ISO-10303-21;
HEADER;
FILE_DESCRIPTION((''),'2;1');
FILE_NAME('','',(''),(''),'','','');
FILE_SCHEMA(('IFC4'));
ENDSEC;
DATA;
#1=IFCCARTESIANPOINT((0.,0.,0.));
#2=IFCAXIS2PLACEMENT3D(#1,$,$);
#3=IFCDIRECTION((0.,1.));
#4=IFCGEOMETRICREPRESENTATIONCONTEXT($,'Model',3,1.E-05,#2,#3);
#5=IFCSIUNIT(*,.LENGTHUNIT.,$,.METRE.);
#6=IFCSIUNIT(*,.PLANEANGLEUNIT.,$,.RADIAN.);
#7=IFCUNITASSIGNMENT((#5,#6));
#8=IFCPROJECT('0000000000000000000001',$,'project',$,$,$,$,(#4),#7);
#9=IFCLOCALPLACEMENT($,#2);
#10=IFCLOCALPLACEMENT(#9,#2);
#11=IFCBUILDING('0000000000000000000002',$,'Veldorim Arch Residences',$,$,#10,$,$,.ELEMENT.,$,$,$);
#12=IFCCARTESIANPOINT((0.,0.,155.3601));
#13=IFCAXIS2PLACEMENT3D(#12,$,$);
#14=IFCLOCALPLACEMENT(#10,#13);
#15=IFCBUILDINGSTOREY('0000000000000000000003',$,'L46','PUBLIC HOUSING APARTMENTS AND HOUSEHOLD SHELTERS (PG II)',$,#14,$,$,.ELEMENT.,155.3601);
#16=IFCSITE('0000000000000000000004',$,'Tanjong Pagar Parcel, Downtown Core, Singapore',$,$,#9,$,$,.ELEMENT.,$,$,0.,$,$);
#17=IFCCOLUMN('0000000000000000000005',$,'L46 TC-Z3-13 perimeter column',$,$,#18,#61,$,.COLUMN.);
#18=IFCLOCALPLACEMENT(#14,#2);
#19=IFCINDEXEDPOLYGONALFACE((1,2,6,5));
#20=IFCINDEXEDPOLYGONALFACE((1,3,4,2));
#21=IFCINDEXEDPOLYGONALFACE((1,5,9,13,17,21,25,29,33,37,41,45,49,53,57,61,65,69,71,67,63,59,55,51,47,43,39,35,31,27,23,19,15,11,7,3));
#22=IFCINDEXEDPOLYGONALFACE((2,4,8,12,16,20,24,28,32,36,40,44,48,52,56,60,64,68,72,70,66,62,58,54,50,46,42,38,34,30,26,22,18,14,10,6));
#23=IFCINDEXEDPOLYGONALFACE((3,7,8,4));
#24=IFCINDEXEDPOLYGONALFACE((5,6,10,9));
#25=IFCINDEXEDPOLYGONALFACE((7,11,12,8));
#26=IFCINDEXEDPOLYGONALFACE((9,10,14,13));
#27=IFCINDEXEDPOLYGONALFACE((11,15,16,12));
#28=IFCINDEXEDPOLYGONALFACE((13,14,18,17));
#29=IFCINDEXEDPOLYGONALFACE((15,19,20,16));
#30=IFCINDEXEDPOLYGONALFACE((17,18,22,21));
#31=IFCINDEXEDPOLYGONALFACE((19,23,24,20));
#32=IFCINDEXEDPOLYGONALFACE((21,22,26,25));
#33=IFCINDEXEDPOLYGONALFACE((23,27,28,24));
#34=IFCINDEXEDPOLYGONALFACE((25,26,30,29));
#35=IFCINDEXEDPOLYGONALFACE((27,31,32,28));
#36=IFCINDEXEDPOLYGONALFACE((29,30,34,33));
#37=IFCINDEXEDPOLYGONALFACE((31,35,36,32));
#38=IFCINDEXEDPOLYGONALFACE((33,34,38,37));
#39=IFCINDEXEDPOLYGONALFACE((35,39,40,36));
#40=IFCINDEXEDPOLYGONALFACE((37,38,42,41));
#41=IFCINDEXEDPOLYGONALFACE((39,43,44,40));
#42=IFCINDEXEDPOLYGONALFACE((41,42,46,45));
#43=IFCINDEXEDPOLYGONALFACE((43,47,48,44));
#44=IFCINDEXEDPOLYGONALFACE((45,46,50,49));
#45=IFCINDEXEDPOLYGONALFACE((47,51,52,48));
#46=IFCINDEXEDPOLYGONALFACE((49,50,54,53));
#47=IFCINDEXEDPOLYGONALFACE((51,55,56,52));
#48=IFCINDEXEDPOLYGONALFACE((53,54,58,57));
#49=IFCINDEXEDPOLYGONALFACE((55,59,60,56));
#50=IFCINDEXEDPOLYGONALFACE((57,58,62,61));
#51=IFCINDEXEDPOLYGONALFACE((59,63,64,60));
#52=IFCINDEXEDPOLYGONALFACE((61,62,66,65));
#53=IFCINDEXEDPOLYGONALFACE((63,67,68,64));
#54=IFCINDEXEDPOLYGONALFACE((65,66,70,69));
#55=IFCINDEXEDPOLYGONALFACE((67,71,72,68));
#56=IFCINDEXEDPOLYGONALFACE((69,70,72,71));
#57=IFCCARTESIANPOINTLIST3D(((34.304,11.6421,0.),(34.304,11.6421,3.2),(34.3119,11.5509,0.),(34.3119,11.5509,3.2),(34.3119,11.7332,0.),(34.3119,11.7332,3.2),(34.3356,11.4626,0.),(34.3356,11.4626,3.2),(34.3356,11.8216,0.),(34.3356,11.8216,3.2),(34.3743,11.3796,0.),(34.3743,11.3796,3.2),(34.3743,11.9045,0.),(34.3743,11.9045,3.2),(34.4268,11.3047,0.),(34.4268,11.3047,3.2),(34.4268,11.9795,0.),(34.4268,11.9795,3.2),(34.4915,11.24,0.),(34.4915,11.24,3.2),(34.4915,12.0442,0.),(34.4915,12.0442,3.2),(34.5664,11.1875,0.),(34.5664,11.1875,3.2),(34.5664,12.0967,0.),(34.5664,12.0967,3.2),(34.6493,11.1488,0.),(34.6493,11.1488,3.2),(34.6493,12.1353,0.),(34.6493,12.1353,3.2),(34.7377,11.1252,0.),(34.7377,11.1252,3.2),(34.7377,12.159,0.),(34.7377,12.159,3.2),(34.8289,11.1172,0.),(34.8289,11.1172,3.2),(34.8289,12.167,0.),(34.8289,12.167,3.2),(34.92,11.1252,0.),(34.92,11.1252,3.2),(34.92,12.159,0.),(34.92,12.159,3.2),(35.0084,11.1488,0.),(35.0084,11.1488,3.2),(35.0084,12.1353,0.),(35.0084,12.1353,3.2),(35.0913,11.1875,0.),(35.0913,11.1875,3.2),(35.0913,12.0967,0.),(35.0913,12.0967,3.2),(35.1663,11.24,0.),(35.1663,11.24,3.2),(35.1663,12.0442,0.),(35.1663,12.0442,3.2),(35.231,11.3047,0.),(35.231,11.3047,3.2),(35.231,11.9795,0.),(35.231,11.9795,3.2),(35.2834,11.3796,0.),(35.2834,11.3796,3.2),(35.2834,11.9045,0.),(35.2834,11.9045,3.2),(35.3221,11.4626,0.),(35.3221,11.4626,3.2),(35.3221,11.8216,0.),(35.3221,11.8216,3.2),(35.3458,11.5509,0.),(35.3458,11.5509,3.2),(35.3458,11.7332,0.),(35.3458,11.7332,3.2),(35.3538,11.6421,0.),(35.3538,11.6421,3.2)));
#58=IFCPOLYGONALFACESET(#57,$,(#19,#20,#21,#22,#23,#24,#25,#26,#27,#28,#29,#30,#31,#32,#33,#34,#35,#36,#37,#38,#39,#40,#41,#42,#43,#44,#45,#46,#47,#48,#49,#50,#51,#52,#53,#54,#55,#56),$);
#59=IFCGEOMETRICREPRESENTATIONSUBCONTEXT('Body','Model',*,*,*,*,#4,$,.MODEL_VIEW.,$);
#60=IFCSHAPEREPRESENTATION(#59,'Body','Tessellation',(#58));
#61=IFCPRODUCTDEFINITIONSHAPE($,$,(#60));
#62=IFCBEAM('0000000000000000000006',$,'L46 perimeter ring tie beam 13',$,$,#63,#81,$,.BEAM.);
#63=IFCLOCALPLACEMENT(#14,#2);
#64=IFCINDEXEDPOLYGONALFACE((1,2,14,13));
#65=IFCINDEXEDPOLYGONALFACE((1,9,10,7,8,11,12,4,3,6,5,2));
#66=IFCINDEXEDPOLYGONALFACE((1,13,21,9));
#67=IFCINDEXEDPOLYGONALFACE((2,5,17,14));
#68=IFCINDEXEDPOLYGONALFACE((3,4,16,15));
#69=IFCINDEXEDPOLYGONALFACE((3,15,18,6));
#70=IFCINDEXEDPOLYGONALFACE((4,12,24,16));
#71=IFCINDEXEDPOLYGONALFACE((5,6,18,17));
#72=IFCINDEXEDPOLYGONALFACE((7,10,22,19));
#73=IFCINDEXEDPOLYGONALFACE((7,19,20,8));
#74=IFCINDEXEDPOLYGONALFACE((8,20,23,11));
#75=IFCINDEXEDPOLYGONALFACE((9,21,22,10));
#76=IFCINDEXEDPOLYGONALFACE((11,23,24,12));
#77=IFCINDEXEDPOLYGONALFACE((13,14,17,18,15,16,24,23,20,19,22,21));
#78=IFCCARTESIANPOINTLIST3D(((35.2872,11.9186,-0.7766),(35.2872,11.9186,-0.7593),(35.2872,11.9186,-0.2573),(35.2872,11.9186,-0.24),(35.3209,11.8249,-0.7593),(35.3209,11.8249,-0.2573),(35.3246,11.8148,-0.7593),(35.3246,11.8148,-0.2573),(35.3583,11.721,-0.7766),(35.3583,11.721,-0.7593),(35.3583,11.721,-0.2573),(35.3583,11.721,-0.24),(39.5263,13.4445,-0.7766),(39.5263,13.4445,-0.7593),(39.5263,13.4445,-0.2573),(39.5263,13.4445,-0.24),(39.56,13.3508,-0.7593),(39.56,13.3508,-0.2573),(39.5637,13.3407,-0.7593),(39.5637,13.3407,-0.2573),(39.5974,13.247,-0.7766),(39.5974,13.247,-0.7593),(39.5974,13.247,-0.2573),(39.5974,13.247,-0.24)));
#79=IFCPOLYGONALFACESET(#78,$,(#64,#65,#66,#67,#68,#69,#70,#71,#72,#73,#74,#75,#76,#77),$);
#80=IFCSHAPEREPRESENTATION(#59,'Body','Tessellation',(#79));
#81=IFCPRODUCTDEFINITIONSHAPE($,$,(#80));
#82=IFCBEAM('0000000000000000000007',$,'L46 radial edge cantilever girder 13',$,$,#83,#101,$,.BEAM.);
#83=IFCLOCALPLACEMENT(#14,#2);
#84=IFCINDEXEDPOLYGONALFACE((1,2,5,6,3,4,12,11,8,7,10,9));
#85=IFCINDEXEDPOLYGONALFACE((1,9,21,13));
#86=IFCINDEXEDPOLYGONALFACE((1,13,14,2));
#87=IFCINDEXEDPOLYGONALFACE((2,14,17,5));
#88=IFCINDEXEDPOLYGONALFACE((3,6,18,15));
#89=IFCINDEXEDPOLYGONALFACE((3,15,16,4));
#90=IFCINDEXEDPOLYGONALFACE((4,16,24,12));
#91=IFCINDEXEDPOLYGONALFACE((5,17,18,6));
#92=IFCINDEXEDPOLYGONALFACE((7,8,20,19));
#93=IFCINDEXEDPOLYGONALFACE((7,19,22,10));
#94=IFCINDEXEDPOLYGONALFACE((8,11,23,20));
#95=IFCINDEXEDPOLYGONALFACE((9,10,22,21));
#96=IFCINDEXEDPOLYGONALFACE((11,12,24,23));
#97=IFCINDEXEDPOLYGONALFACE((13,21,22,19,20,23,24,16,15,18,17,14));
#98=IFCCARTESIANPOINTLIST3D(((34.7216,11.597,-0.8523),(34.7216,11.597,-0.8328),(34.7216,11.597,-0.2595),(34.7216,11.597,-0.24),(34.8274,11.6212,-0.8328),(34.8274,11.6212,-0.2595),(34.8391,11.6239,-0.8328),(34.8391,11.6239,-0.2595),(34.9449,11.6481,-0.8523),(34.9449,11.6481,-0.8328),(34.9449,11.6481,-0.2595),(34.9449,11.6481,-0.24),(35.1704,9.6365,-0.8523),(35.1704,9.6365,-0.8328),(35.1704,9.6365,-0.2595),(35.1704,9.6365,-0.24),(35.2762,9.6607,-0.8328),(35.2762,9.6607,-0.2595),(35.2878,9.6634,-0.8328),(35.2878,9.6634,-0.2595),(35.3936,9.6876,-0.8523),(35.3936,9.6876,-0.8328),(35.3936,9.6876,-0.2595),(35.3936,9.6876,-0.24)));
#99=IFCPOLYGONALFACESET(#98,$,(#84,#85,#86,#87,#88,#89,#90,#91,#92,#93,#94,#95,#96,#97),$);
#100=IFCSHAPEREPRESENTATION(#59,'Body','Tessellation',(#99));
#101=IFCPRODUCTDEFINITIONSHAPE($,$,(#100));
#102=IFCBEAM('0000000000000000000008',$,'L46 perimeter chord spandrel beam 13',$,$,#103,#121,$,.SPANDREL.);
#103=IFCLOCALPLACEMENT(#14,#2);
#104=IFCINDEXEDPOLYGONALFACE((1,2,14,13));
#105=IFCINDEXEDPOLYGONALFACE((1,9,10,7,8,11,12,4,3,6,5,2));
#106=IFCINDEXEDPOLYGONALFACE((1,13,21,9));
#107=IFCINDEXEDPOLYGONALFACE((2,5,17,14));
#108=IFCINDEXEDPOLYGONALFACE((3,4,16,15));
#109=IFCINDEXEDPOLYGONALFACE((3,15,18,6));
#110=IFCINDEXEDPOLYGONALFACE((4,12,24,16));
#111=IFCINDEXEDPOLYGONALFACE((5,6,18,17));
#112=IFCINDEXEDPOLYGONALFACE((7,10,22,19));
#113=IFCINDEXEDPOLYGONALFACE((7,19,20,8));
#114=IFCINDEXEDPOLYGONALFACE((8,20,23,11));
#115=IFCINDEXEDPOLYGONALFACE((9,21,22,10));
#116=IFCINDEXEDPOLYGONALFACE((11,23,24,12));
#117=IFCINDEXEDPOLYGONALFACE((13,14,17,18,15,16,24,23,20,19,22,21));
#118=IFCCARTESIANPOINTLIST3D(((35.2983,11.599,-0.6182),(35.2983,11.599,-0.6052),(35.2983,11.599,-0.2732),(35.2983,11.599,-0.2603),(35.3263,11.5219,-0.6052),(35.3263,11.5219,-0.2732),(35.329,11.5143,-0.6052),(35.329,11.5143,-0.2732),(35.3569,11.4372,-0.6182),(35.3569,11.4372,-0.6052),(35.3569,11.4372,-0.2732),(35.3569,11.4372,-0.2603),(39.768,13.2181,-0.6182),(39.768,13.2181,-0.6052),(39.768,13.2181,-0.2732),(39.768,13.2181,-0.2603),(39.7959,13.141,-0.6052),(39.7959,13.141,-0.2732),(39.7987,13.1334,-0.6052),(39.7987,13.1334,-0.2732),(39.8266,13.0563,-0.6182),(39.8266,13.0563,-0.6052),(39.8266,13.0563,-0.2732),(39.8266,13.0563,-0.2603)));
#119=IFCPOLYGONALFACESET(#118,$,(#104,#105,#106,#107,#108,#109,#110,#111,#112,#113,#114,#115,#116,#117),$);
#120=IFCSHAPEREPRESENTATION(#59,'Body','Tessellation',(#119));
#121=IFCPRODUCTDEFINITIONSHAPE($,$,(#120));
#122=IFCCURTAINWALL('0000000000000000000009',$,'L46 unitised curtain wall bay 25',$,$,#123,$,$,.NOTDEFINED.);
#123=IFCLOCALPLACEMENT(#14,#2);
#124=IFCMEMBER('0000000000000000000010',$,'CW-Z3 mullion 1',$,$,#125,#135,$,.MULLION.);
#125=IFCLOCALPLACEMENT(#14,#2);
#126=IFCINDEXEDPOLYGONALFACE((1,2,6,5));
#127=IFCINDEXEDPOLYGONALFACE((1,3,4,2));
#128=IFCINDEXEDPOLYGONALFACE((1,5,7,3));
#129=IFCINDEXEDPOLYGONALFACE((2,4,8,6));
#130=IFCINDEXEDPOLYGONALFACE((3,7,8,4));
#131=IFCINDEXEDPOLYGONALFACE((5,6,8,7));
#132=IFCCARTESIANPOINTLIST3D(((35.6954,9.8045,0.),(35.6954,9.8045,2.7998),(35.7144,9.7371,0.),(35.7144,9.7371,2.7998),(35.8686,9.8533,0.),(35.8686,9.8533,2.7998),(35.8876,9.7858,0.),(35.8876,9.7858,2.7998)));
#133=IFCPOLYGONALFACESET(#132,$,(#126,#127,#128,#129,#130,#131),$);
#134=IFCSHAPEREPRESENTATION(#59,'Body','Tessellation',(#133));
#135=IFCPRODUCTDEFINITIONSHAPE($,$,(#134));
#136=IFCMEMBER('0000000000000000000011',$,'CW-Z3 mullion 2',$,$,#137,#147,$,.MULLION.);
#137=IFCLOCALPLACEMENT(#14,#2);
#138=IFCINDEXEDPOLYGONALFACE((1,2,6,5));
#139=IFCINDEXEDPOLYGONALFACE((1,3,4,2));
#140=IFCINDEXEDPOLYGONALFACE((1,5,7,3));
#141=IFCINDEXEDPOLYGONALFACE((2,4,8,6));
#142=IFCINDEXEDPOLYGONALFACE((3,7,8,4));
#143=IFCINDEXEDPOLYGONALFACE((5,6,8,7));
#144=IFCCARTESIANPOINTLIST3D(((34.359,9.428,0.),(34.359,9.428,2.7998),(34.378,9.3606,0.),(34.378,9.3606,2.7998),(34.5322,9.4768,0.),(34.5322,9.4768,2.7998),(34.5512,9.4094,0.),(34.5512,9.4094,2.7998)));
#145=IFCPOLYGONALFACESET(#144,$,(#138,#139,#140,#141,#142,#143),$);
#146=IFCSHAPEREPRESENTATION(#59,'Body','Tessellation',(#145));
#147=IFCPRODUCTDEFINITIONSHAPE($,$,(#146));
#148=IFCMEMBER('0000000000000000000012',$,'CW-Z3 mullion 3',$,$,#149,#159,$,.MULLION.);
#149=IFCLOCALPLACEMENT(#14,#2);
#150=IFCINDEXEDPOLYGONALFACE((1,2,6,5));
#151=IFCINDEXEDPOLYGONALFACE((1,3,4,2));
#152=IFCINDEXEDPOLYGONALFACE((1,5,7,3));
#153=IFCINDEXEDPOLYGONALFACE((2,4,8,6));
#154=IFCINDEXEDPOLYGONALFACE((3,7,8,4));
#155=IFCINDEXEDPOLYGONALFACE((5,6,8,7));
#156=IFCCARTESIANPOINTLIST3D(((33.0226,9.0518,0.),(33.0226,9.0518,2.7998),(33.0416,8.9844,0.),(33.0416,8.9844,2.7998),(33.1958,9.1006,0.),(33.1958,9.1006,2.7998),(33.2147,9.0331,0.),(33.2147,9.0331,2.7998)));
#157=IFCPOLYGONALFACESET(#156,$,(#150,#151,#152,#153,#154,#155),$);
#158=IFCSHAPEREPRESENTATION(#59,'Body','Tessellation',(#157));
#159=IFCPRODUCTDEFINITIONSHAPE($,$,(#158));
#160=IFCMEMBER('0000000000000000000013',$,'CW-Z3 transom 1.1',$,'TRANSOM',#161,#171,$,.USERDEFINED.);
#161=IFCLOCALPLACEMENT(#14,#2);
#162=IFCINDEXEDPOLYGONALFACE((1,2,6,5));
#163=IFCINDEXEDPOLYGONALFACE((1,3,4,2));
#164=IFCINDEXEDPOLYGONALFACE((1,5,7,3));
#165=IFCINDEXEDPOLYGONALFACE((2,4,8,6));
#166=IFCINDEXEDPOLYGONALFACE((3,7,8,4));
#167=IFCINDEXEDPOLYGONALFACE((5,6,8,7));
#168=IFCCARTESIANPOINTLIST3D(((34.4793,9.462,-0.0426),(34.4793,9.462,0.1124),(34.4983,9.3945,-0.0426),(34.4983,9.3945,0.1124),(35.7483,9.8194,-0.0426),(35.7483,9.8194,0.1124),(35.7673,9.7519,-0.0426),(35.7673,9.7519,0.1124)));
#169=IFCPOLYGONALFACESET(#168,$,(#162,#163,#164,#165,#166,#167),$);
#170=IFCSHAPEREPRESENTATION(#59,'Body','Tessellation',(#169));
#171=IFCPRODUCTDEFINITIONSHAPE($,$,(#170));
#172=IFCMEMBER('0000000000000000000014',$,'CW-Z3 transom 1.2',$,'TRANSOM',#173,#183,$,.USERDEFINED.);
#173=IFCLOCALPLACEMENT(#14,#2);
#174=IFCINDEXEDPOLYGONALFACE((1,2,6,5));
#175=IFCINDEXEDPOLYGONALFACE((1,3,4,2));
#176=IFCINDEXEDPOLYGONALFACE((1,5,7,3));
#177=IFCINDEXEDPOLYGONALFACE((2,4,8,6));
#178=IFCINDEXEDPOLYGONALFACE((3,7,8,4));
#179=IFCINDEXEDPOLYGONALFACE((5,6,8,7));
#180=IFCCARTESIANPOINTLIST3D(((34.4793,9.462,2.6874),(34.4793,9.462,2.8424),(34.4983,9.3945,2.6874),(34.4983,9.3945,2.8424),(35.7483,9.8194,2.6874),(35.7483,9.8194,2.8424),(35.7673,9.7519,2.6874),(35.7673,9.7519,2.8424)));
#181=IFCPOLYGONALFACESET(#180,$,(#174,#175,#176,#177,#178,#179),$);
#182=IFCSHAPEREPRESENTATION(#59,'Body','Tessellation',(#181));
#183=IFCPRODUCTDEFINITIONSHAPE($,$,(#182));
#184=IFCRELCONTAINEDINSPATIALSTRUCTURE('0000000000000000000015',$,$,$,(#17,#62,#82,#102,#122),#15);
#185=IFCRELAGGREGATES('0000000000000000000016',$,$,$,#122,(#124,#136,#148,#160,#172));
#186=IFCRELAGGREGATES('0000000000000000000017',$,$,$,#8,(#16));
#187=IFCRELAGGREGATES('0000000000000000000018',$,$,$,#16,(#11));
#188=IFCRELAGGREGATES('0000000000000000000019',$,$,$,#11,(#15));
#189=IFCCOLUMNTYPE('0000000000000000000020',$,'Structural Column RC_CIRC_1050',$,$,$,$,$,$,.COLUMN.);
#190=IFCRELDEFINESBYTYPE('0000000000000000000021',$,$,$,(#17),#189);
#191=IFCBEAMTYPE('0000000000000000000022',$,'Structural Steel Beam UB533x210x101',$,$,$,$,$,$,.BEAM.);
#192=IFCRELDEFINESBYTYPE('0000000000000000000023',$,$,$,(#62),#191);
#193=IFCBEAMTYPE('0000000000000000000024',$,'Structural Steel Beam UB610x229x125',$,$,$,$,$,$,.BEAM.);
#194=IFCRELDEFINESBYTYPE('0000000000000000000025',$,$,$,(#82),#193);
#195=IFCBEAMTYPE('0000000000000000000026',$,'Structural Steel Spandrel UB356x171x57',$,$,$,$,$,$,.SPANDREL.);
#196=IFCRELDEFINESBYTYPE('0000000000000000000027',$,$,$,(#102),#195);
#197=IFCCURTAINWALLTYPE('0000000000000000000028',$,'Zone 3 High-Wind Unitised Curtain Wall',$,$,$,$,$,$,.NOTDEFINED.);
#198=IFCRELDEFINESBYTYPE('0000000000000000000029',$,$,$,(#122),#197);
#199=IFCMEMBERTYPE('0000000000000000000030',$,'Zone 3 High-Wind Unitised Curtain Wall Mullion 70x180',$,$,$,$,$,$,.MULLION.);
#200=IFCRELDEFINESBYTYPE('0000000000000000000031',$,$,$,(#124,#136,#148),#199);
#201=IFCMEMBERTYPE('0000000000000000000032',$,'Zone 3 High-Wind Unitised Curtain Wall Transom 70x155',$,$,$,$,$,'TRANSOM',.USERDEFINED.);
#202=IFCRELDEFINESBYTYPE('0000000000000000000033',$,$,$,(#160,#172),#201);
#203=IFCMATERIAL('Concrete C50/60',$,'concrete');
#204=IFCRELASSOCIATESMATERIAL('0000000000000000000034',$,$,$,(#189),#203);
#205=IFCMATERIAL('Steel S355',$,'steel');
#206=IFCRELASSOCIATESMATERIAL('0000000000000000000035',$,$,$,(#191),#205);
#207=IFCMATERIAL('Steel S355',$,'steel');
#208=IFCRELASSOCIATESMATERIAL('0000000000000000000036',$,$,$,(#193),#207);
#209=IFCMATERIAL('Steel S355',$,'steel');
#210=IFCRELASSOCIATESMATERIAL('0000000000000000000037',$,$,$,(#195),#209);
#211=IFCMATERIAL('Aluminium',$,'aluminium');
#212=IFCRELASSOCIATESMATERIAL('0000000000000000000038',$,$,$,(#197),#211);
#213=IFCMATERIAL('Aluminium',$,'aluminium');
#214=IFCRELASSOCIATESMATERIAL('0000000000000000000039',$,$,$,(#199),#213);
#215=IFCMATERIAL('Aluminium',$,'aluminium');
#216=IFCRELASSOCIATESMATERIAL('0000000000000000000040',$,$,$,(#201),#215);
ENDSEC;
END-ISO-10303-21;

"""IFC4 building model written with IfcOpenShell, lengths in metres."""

from ifc_helpers import new_model, si_unit, direction, frame, origin, origin_2d, place, context, subcontext, project, spatial, rectangle, circle, i_section, extrude, material, material_profile, profile_set, type_object, element, aggregate, save


model = new_model("IFC4")

# Units and contexts
model_context = context("Model", 3, precision=1e-05, world=origin(), true_north=direction((0.0, 1.0)))
body_context = subcontext(model_context, "Body", "Model", "MODEL_VIEW")
ifc_project = project(units=[si_unit("LENGTHUNIT", "METRE"), si_unit("PLANEANGLEUNIT", "RADIAN")], contexts=[model_context])

# Site, building, storey
site_placement = place(None, origin())
site = spatial("IfcSite", under=ifc_project, at=site_placement, Name="Tanjong Pagar Parcel, Downtown Core, Singapore", CompositionType="ELEMENT", RefElevation=0.0)
building_placement = place(site_placement, origin())
building = spatial("IfcBuilding", under=site, at=building_placement, Name="Veldorim Arch Residences", CompositionType="ELEMENT")
storey_placement = place(building_placement, frame((0.0, 0.0, 155.3601)))
storey = spatial("IfcBuildingStorey", under=building, at=storey_placement, Name="L46", Description="PUBLIC HOUSING APARTMENTS AND HOUSEHOLD SHELTERS (PG II)", CompositionType="ELEMENT", Elevation=155.3601)

# Column
ifc_material_1 = material(Name="Concrete C50/60", Category="concrete")
ifc_material_profile_1 = material_profile(ifc_material_1, circle(Radius=0.5249, at=origin_2d()), Name="RC_CIRC_1050")
ifc_profile_set_1 = profile_set([ifc_material_profile_1], Name="Concrete C50/60")
column_type = type_object("IfcColumnType", Name="Structural Column RC_CIRC_1050", PredefinedType="COLUMN", material=ifc_profile_set_1)
column_placement = place(storey_placement, frame((34.8289, 11.6421, 0.0), z_axis=(0.0, 0.0, 1.0), x_axis=(1.0, 0.0, 0.0)))
element("IfcColumn", 1, at=column_placement, inside=storey, type_object=column_type, Name="L46 TC-Z3-13 perimeter column", PredefinedType="COLUMN", context=body_context, shape_type="SweptSolid", body=[
    extrude(circle(Radius=0.5249, at=origin_2d()), origin(), (0.0, 0.0, 1.0), 3.2),
])

# Beams
ifc_material_2 = material(Name="Steel S355", Category="steel")
ifc_material_profile_2 = material_profile(ifc_material_2, i_section(OverallWidth=0.21, OverallDepth=0.5366, WebThickness=0.0107, FlangeThickness=0.0173, at=origin_2d()), Name="UB533x210x101")
ifc_profile_set_2 = profile_set([ifc_material_profile_2], Name="Steel S355")
beam_type_1 = type_object("IfcBeamType", Name="Structural Steel Beam UB533x210x101", PredefinedType="BEAM", material=ifc_profile_set_2)
beam_1_placement = place(storey_placement, frame((35.3228, 11.8198, -0.5083), z_axis=(0.940899, 0.338687, 0.0), x_axis=(-0.338687, 0.940899, 0.0)))
element("IfcBeam", 2, at=beam_1_placement, inside=storey, type_object=beam_type_1, Name="L46 perimeter ring tie beam 13", PredefinedType="BEAM", context=body_context, shape_type="SweptSolid", body=[
    extrude(i_section(OverallWidth=0.21, OverallDepth=0.5366, WebThickness=0.0107, FlangeThickness=0.0173, at=origin_2d()), origin(), (0.0, 0.0, 1.0), 4.5054),
])
ifc_material_3 = material(Name="Steel S355", Category="steel")
ifc_material_profile_3 = material_profile(ifc_material_3, i_section(OverallWidth=0.229, OverallDepth=0.6123, WebThickness=0.012, FlangeThickness=0.0195, at=origin_2d()), Name="UB610x229x125")
ifc_profile_set_3 = profile_set([ifc_material_profile_3], Name="Steel S355")
beam_type_2 = type_object("IfcBeamType", Name="Structural Steel Beam UB610x229x125", PredefinedType="BEAM", material=ifc_profile_set_3)
beam_2_placement = place(storey_placement, frame((34.8333, 11.6226, -0.5461), z_axis=(0.223121, -0.974791, 0.0), x_axis=(0.974791, 0.223121, 0.0)))
element("IfcBeam", 3, at=beam_2_placement, inside=storey, type_object=beam_type_2, Name="L46 radial edge cantilever girder 13", PredefinedType="BEAM", context=body_context, shape_type="SweptSolid", body=[
    extrude(i_section(OverallWidth=0.229, OverallDepth=0.6123, WebThickness=0.012, FlangeThickness=0.0195, at=origin_2d()), origin(), (0.0, 0.0, 1.0), 2.0112),
])
ifc_material_4 = material(Name="Steel S355", Category="steel")
ifc_material_profile_4 = material_profile(ifc_material_4, i_section(OverallWidth=0.1721, OverallDepth=0.3579, WebThickness=0.0081, FlangeThickness=0.0129, at=origin_2d()), Name="UB356x171x57")
ifc_profile_set_4 = profile_set([ifc_material_profile_4], Name="Steel S355")
beam_type_3 = type_object("IfcBeamType", Name="Structural Steel Spandrel UB356x171x57", PredefinedType="SPANDREL", material=ifc_profile_set_4)
beam_3_placement = place(storey_placement, frame((35.3276, 11.5181, -0.4392), z_axis=(0.940213, 0.340588, 0.0), x_axis=(-0.340588, 0.940213, 0.0)))
element("IfcBeam", 4, at=beam_3_placement, inside=storey, type_object=beam_type_3, Name="L46 perimeter chord spandrel beam 13", PredefinedType="SPANDREL", context=body_context, shape_type="SweptSolid", body=[
    extrude(i_section(OverallWidth=0.1721, OverallDepth=0.3579, WebThickness=0.0081, FlangeThickness=0.0129, at=origin_2d()), origin(), (0.0, 0.0, 1.0), 4.7539),
])

# Curtain wall, members
ifc_material_5 = material(Name="Aluminium", Category="aluminium")
curtain_wall_type = type_object("IfcCurtainWallType", Name="Zone 3 High-Wind Unitised Curtain Wall", PredefinedType="NOTDEFINED", material=ifc_material_5)
curtain_wall_placement = place(storey_placement, origin())
curtain_wall = element("IfcCurtainWall", 5, at=curtain_wall_placement, inside=storey, type_object=curtain_wall_type, Name="L46 unitised curtain wall bay 25", PredefinedType="NOTDEFINED")
ifc_material_6 = material(Name="Aluminium", Category="aluminium")
ifc_material_profile_5 = material_profile(ifc_material_6, rectangle(XDim=0.0701, YDim=0.1799, at=origin_2d()), Name="ALU_MUL_70x180")
ifc_profile_set_5 = profile_set([ifc_material_profile_5], Name="Aluminium")
member_type_1 = type_object("IfcMemberType", Name="Zone 3 High-Wind Unitised Curtain Wall Mullion 70x180", PredefinedType="MULLION", material=ifc_profile_set_5)
member_1_placement = place(storey_placement, frame((35.7915, 9.7952, 0.0), z_axis=(0.0, 0.0, 1.0), x_axis=(0.271101, -0.962551, 0.0)))
member_1 = element("IfcMember", 6, at=member_1_placement, type_object=member_type_1, Name="CW-Z3 mullion 1", PredefinedType="MULLION", context=body_context, shape_type="SweptSolid", body=[
    extrude(rectangle(XDim=0.0701, YDim=0.1799, at=origin_2d()), origin(), (0.0, 0.0, 1.0), 2.7998),
])
member_2_placement = place(storey_placement, frame((34.4551, 9.4187, 0.0), z_axis=(0.0, 0.0, 1.0), x_axis=(0.271101, -0.962551, 0.0)))
member_2 = element("IfcMember", 7, at=member_2_placement, type_object=member_type_1, Name="CW-Z3 mullion 2", PredefinedType="MULLION", context=body_context, shape_type="SweptSolid", body=[
    extrude(rectangle(XDim=0.0701, YDim=0.1799, at=origin_2d()), origin(), (0.0, 0.0, 1.0), 2.7998),
])
member_3_placement = place(storey_placement, frame((33.1187, 9.0425, 0.0), z_axis=(0.0, 0.0, 1.0), x_axis=(0.271101, -0.962551, 0.0)))
member_3 = element("IfcMember", 8, at=member_3_placement, type_object=member_type_1, Name="CW-Z3 mullion 3", PredefinedType="MULLION", context=body_context, shape_type="SweptSolid", body=[
    extrude(rectangle(XDim=0.0701, YDim=0.1799, at=origin_2d()), origin(), (0.0, 0.0, 1.0), 2.7998),
])
ifc_material_7 = material(Name="Aluminium", Category="aluminium")
ifc_material_profile_6 = material_profile(ifc_material_7, rectangle(XDim=0.0701, YDim=0.155, at=origin_2d()), Name="ALU_TRN_70x155")
ifc_profile_set_6 = profile_set([ifc_material_profile_6], Name="Aluminium")
member_type_2 = type_object("IfcMemberType", Name="Zone 3 High-Wind Unitised Curtain Wall Transom 70x155", ElementType="TRANSOM", PredefinedType="USERDEFINED", material=ifc_profile_set_6)
member_4_placement = place(storey_placement, frame((35.7578, 9.7856, 0.0349), z_axis=(-0.962551, -0.271099, 0.0), x_axis=(0.271099, -0.962551, 0.0)))
member_4 = element("IfcMember", 9, at=member_4_placement, type_object=member_type_2, Name="CW-Z3 transom 1.1", ObjectType="TRANSOM", PredefinedType="USERDEFINED", context=body_context, shape_type="SweptSolid", body=[
    extrude(rectangle(XDim=0.0701, YDim=0.155, at=origin_2d()), origin(), (0.0, 0.0, 1.0), 1.3184),
])
member_5_placement = place(storey_placement, frame((35.7578, 9.7856, 2.7649), z_axis=(-0.962551, -0.271099, 0.0), x_axis=(0.271099, -0.962551, 0.0)))
member_5 = element("IfcMember", 10, at=member_5_placement, type_object=member_type_2, Name="CW-Z3 transom 1.2", ObjectType="TRANSOM", PredefinedType="USERDEFINED", context=body_context, shape_type="SweptSolid", body=[
    extrude(rectangle(XDim=0.0701, YDim=0.155, at=origin_2d()), origin(), (0.0, 0.0, 1.0), 1.3184),
])
aggregate(curtain_wall, [member_1, member_2, member_3, member_4, member_5])

save(model, "model.ifc")
